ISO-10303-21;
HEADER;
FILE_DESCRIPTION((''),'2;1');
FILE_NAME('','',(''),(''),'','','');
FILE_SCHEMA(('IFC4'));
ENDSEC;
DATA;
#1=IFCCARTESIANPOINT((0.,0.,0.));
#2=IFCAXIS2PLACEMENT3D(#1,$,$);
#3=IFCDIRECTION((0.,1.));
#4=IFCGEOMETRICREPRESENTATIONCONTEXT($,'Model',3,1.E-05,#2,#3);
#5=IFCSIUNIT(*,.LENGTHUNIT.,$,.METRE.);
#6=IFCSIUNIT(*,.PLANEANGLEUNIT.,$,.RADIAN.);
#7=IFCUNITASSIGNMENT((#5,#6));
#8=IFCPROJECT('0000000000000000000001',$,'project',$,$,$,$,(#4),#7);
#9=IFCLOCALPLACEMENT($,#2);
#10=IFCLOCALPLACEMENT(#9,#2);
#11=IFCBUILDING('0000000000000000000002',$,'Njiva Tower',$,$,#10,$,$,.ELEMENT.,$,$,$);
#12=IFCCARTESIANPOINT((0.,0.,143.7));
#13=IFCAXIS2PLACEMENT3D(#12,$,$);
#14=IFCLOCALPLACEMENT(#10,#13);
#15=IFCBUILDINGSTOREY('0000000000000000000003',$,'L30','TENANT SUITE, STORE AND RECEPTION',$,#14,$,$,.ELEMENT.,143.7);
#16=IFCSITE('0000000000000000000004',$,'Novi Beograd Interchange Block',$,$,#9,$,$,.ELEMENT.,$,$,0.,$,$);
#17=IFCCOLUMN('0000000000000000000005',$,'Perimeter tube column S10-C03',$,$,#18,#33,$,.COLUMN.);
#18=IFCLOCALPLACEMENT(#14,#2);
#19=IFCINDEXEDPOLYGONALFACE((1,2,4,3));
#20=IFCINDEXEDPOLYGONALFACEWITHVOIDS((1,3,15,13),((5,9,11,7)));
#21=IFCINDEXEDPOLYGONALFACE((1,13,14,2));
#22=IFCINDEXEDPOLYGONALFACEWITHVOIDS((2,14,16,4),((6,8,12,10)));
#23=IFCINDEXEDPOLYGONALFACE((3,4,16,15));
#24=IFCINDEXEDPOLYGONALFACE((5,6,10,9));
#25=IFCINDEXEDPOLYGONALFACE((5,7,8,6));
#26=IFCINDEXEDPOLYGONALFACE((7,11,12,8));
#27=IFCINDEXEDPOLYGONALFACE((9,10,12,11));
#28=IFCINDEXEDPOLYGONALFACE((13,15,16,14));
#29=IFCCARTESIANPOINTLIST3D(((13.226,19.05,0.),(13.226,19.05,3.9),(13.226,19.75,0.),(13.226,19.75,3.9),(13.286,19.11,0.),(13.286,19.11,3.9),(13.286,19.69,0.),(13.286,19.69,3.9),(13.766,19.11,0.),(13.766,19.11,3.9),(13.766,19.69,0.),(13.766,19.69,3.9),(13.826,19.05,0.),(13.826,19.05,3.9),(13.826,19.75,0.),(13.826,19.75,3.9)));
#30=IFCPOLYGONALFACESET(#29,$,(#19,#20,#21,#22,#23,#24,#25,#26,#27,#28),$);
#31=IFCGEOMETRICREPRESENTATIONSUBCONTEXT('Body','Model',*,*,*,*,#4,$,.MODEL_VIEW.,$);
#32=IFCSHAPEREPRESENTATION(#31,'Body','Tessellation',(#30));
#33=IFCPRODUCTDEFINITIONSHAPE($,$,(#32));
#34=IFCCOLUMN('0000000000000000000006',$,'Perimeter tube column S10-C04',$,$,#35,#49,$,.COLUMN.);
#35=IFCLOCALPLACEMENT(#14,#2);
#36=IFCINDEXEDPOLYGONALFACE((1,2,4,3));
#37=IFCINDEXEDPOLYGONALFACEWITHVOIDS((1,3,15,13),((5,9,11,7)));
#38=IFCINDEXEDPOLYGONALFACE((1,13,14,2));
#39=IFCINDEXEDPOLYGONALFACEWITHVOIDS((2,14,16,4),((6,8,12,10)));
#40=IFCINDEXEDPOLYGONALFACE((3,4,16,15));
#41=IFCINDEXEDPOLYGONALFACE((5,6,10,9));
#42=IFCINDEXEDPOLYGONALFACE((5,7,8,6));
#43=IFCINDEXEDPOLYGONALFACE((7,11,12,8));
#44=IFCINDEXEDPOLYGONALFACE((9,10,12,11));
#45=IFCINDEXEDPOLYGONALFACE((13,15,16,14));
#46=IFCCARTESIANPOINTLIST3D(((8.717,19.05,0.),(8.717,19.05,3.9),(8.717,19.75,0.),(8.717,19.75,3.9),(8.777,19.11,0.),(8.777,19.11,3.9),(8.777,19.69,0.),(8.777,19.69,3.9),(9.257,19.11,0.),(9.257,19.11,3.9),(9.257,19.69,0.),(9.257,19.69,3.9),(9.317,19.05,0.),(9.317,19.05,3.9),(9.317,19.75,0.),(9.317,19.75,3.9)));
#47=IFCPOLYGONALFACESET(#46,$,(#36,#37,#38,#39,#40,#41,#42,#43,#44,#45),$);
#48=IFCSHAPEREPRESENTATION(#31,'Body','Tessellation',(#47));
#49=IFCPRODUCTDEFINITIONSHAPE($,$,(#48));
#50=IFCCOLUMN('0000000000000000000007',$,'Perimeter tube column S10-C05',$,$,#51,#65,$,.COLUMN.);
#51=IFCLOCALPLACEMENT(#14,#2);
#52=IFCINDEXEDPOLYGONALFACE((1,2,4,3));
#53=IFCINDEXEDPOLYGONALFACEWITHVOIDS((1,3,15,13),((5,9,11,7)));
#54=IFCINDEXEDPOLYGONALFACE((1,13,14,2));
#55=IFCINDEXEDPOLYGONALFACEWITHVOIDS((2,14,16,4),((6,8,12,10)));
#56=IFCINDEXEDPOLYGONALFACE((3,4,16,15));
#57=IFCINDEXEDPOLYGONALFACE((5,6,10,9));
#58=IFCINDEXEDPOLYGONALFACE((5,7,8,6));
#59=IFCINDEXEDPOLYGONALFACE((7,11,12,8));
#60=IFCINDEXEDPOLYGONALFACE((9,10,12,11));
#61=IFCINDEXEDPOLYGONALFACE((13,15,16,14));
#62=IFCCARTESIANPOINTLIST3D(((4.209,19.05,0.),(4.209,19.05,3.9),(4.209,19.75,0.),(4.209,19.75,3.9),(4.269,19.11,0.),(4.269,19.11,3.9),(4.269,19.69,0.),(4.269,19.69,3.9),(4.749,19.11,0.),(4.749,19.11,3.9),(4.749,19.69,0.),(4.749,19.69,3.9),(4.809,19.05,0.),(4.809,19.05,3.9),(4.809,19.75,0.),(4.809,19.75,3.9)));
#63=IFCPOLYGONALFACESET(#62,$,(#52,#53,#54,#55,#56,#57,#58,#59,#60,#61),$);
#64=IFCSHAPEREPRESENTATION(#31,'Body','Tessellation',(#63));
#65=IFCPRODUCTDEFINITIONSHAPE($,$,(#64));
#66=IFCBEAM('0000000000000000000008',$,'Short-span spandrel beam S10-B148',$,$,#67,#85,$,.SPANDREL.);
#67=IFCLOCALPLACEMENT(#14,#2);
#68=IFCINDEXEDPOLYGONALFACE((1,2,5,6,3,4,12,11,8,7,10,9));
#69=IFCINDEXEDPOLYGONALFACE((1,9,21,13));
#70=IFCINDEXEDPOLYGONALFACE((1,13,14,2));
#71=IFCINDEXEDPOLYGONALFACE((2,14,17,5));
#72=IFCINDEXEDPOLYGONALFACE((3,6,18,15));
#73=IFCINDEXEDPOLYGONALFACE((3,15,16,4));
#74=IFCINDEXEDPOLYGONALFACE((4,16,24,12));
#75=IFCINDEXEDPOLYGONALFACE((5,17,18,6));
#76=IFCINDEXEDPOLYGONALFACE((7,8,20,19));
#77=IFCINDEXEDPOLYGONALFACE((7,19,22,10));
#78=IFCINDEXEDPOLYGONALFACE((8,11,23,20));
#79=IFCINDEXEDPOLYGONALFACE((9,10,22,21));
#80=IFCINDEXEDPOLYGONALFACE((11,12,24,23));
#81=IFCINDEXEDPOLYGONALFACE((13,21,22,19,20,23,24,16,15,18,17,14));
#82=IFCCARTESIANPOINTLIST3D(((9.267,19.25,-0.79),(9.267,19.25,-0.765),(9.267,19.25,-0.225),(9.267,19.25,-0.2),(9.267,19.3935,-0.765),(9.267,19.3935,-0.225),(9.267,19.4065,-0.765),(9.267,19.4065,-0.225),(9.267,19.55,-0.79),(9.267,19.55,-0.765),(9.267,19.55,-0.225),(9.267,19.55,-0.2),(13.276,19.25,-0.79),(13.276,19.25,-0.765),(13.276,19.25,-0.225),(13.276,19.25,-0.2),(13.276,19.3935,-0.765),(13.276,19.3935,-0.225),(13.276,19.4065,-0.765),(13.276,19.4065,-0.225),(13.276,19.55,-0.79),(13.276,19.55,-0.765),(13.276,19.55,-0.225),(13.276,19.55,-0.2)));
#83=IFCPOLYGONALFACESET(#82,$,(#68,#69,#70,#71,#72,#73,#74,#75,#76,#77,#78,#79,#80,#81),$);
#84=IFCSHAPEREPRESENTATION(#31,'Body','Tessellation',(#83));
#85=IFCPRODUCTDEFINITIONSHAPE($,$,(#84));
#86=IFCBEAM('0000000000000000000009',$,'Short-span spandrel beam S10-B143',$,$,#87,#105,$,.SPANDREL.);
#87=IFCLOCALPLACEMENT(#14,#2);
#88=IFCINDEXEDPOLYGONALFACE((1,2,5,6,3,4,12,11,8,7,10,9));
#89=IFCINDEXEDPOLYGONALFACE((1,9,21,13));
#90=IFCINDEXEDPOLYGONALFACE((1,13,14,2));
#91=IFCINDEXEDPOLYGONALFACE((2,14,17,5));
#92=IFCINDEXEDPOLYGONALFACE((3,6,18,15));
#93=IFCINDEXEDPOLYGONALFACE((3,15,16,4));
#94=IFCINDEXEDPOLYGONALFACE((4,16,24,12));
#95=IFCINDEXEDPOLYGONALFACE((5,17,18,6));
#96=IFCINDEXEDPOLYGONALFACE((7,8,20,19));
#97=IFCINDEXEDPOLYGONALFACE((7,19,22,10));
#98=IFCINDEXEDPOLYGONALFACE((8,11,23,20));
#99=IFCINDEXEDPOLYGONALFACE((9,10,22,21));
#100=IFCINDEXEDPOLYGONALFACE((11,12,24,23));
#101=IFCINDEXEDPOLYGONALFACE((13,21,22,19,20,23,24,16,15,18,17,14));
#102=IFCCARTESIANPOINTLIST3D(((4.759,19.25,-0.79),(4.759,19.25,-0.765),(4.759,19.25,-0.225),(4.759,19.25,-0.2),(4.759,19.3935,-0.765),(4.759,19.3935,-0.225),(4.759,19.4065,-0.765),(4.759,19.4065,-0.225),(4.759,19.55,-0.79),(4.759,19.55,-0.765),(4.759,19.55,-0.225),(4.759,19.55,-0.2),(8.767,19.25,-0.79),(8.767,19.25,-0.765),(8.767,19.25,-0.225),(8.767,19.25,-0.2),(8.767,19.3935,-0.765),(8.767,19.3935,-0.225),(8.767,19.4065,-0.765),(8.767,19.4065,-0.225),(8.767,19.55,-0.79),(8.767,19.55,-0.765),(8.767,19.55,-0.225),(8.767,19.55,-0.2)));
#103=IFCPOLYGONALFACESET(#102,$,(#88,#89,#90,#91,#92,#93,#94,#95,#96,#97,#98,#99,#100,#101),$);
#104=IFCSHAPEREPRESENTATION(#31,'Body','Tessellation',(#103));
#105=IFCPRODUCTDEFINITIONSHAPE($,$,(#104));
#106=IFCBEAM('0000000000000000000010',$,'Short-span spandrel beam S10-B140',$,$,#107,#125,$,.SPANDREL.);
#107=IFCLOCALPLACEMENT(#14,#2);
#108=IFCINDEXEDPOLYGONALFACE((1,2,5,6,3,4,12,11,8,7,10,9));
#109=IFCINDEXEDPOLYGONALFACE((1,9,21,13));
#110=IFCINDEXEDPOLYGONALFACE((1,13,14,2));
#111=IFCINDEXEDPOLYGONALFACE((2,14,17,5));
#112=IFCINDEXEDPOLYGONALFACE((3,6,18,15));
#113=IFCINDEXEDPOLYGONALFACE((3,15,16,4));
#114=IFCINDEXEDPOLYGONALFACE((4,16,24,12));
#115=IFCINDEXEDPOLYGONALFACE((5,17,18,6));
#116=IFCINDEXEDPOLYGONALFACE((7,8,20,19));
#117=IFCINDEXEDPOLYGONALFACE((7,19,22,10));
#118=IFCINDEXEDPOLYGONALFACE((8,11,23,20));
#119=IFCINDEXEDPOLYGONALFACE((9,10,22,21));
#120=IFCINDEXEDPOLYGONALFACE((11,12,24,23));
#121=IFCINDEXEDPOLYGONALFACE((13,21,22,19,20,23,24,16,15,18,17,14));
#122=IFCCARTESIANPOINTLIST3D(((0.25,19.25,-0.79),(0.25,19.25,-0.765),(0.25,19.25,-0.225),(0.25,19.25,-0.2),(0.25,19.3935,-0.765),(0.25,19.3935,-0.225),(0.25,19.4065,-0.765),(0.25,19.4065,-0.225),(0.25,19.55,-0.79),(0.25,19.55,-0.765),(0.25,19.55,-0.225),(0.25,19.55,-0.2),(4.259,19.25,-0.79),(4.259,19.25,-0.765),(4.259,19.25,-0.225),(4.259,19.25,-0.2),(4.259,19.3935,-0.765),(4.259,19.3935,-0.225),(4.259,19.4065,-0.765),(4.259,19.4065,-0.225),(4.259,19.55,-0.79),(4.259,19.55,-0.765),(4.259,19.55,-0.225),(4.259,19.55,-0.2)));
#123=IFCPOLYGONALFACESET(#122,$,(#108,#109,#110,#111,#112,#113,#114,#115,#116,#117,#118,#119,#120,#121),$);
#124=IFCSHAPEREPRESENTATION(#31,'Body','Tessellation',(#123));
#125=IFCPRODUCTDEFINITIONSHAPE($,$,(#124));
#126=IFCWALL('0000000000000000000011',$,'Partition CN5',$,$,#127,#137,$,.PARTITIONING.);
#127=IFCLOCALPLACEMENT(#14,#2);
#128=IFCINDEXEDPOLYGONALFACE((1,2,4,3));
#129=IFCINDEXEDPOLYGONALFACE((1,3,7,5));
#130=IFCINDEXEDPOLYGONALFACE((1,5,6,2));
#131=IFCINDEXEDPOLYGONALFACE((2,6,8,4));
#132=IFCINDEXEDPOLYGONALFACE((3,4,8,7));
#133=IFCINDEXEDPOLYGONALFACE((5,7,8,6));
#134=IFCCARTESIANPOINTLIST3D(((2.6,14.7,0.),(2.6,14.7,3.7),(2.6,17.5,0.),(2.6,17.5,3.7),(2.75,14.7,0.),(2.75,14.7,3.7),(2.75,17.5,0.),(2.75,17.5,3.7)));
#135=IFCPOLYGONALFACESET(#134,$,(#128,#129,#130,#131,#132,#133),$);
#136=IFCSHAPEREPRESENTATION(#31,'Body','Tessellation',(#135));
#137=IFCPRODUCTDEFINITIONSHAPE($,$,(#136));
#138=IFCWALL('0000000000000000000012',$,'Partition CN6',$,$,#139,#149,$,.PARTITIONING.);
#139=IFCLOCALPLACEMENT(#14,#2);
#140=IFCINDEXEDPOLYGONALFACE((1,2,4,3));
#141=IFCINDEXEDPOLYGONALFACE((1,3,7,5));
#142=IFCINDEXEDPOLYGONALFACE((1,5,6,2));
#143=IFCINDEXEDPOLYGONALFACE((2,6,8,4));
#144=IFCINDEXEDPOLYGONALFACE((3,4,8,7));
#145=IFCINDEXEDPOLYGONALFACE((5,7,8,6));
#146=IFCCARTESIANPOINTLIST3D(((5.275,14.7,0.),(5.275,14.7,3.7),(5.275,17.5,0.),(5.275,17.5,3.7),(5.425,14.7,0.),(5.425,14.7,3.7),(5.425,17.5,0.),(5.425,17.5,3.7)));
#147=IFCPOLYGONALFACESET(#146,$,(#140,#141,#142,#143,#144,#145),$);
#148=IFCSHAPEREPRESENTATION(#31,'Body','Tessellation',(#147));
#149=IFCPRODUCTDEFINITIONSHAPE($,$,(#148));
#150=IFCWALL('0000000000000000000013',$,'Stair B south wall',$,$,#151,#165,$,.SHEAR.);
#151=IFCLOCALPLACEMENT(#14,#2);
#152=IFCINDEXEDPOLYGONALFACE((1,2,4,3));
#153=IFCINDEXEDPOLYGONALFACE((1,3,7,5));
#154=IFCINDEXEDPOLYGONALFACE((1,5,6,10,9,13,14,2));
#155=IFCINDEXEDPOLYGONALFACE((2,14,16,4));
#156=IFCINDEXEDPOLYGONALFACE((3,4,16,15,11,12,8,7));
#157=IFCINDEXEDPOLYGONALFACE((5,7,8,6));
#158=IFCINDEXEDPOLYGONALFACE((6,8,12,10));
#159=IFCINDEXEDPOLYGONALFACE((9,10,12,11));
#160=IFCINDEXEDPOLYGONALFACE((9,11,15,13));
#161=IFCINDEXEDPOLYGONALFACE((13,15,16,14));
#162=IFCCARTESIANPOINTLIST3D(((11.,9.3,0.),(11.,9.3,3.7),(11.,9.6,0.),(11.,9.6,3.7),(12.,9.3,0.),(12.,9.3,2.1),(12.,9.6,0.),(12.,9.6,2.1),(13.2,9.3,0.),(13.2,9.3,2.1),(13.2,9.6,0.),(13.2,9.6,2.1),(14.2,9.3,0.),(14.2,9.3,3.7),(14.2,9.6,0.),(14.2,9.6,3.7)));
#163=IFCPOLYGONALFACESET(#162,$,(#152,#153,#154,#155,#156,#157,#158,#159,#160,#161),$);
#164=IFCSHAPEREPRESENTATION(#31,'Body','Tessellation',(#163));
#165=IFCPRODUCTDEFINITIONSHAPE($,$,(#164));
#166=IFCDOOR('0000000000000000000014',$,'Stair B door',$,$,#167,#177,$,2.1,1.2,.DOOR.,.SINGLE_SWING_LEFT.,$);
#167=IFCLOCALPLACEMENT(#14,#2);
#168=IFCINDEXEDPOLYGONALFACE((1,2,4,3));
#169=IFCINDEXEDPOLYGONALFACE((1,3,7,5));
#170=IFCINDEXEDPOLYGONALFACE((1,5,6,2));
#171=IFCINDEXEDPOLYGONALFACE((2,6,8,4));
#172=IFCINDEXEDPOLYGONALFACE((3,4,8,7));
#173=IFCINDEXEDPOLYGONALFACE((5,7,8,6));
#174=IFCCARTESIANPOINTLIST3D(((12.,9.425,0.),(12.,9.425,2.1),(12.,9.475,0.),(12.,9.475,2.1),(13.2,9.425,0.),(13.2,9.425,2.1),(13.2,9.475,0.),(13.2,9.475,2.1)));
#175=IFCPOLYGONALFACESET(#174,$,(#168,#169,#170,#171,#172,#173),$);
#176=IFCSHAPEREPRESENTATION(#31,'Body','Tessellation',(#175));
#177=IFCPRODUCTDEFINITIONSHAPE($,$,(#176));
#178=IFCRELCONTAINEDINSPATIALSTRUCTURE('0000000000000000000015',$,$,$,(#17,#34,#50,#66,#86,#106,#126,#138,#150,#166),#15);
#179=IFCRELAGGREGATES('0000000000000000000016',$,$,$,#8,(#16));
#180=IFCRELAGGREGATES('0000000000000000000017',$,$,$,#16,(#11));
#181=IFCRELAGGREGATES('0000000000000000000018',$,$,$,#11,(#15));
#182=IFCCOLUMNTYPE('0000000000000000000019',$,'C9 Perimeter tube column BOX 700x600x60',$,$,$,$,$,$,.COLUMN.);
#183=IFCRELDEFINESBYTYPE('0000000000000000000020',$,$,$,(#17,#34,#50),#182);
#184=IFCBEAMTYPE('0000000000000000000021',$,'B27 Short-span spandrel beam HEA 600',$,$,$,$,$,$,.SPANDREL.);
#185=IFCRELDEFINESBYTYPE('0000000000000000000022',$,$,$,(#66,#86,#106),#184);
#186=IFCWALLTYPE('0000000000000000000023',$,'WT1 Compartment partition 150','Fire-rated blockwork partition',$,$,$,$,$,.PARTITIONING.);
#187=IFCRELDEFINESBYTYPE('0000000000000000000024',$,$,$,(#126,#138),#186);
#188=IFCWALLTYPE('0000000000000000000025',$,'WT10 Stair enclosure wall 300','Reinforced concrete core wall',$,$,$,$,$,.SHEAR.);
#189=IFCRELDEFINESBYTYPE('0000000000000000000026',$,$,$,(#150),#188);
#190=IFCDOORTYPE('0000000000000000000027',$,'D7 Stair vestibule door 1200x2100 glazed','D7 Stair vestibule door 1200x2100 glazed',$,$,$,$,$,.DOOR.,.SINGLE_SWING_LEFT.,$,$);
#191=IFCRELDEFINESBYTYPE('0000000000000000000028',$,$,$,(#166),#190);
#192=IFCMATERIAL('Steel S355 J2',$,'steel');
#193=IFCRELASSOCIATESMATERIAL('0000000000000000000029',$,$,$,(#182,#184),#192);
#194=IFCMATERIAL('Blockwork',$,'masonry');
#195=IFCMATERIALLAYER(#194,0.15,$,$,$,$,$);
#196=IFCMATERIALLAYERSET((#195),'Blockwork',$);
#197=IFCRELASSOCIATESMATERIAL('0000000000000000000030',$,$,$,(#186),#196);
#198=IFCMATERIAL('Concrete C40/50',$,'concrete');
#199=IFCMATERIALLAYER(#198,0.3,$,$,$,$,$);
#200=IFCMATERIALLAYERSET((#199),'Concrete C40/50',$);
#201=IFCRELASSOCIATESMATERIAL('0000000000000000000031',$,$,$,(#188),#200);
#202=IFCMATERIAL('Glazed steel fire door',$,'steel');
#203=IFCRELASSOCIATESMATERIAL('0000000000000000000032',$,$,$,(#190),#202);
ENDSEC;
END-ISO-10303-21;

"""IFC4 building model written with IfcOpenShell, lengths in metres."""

from ifc_helpers import new_model, si_unit, direction, frame, frame_2d, origin, origin_2d, place, context, subcontext, project, spatial, rectangle, hollow_rectangle, i_section, extrude, material, layer, layer_set, material_profile, profile_set, type_object, element, fill, save


model = new_model("IFC4")

# Units and contexts
model_context = context("Model", 3, precision=1e-05, world=origin(), true_north=direction((0.0, 1.0)))
body_context = subcontext(model_context, "Body", "Model", "MODEL_VIEW")
ifc_project = project(units=[si_unit("LENGTHUNIT", "METRE"), si_unit("PLANEANGLEUNIT", "RADIAN")], contexts=[model_context])

# Site, building, storey
site_placement = place(None, origin())
site = spatial("IfcSite", under=ifc_project, at=site_placement, Name="Novi Beograd Interchange Block", CompositionType="ELEMENT", RefElevation=0.0)
building_placement = place(site_placement, origin())
building = spatial("IfcBuilding", under=site, at=building_placement, Name="Njiva Tower", CompositionType="ELEMENT")
storey_placement = place(building_placement, frame((0.0, 0.0, 143.7)))
storey = spatial("IfcBuildingStorey", under=building, at=storey_placement, Name="L30", Description="TENANT SUITE, STORE AND RECEPTION", CompositionType="ELEMENT", Elevation=143.7)

# Columns
ifc_material_1 = material(Name="Steel S355 J2", Category="steel")
ifc_material_profile_1 = material_profile(ifc_material_1, hollow_rectangle(XDim=0.6, YDim=0.7, WallThickness=0.06, at=origin_2d()), Name="BOX 700x600x60")
ifc_profile_set_1 = profile_set([ifc_material_profile_1], Name="Steel S355 J2")
column_type = type_object("IfcColumnType", Name="C9 Perimeter tube column BOX 700x600x60", PredefinedType="COLUMN", material=ifc_profile_set_1)
for number, where, z_axis, x_axis, name in (
    (1, (13.526, 19.4, 0.0), (0.0, 0.0, 1.0), (-1.0, 0.0, 0.0), "Perimeter tube column S10-C03"),
    (2, (9.017, 19.4, 0.0), (0.0, 0.0, 1.0), (-1.0, 0.0, 0.0), "Perimeter tube column S10-C04"),
    (3, (4.509, 19.4, 0.0), (0.0, 0.0, 1.0), (-1.0, 0.0, 0.0), "Perimeter tube column S10-C05"),
):
    element("IfcColumn", number, at=place(storey_placement, frame(where, z_axis=z_axis, x_axis=x_axis)), inside=storey, type_object=column_type, Name=name, PredefinedType="COLUMN", context=body_context, shape_type="SweptSolid", body=[
        extrude(hollow_rectangle(XDim=0.6, YDim=0.7, WallThickness=0.06, at=origin_2d()), origin(), (0.0, 0.0, 1.0), 3.9),
    ])

# Beams
ifc_material_profile_2 = material_profile(ifc_material_1, i_section(OverallWidth=0.3, OverallDepth=0.59, WebThickness=0.013, FlangeThickness=0.025, at=origin_2d()), Name="HEA 600")
ifc_profile_set_2 = profile_set([ifc_material_profile_2], Name="Steel S355 J2")
beam_type = type_object("IfcBeamType", Name="B27 Short-span spandrel beam HEA 600", PredefinedType="SPANDREL", material=ifc_profile_set_2)
beam_1_placement = place(storey_placement, frame((13.276, 19.4, -0.495), z_axis=(-1.0, 0.0, 0.0), x_axis=(0.0, -1.0, 0.0)))
element("IfcBeam", 4, at=beam_1_placement, inside=storey, type_object=beam_type, Name="Short-span spandrel beam S10-B148", PredefinedType="SPANDREL", context=body_context, shape_type="SweptSolid", body=[
    extrude(i_section(OverallWidth=0.3, OverallDepth=0.59, WebThickness=0.013, FlangeThickness=0.025, at=origin_2d()), origin(), (0.0, 0.0, 1.0), 4.009),
])
beam_2_placement = place(storey_placement, frame((8.767, 19.4, -0.495), z_axis=(-1.0, 0.0, 0.0), x_axis=(0.0, -1.0, 0.0)))
element("IfcBeam", 5, at=beam_2_placement, inside=storey, type_object=beam_type, Name="Short-span spandrel beam S10-B143", PredefinedType="SPANDREL", context=body_context, shape_type="SweptSolid", body=[
    extrude(i_section(OverallWidth=0.3, OverallDepth=0.59, WebThickness=0.013, FlangeThickness=0.025, at=origin_2d()), origin(), (0.0, 0.0, 1.0), 4.008),
])
beam_3_placement = place(storey_placement, frame((4.259, 19.4, -0.495), z_axis=(-1.0, 0.0, 0.0), x_axis=(0.0, -1.0, 0.0)))
element("IfcBeam", 6, at=beam_3_placement, inside=storey, type_object=beam_type, Name="Short-span spandrel beam S10-B140", PredefinedType="SPANDREL", context=body_context, shape_type="SweptSolid", body=[
    extrude(i_section(OverallWidth=0.3, OverallDepth=0.59, WebThickness=0.013, FlangeThickness=0.025, at=origin_2d()), origin(), (0.0, 0.0, 1.0), 4.009),
])

# Walls
ifc_material_2 = material(Name="Blockwork", Category="masonry")
ifc_layer_1 = layer(ifc_material_2, 0.15)
ifc_layer_set_1 = layer_set([ifc_layer_1], Name="Blockwork")
wall_type_1 = type_object("IfcWallType", Name="WT1 Compartment partition 150", Description="Fire-rated blockwork partition", PredefinedType="PARTITIONING", material=ifc_layer_set_1)
for number, where, z_axis, x_axis, name in (
    (7, (2.675, 14.7, 0.0), (0.0, 0.0, 1.0), (0.0, 1.0, 0.0), "Partition CN5"),
    (8, (5.35, 14.7, 0.0), (0.0, 0.0, 1.0), (0.0, 1.0, 0.0), "Partition CN6"),
):
    element("IfcWall", number, at=place(storey_placement, frame(where, z_axis=z_axis, x_axis=x_axis)), inside=storey, type_object=wall_type_1, Name=name, PredefinedType="PARTITIONING", context=body_context, shape_type="SweptSolid", body=[
        extrude(rectangle(XDim=2.8, YDim=0.15, at=frame_2d((1.4, 0.0))), origin(), (0.0, 0.0, 1.0), 3.7),
    ])

# Wall, opening, door
ifc_material_3 = material(Name="Concrete C40/50", Category="concrete")
ifc_layer_2 = layer(ifc_material_3, 0.3)
ifc_layer_set_2 = layer_set([ifc_layer_2], Name="Concrete C40/50")
wall_type_2 = type_object("IfcWallType", Name="WT10 Stair enclosure wall 300", Description="Reinforced concrete core wall", PredefinedType="SHEAR", material=ifc_layer_set_2)
wall_1_placement = place(storey_placement, frame((11.0, 9.45, 0.0), z_axis=(0.0, 0.0, 1.0), x_axis=(1.0, 0.0, 0.0)))
wall_1 = element("IfcWall", 9, at=wall_1_placement, inside=storey, type_object=wall_type_2, Name="Stair B south wall", PredefinedType="SHEAR", context=body_context, shape_type="SweptSolid", body=[
    extrude(rectangle(XDim=3.2, YDim=0.3, at=frame_2d((1.6, 0.0))), origin(), (0.0, 0.0, 1.0), 3.7),
])
opening_1_placement = place(wall_1_placement, frame((1.0, 0.0, 0.0)))
opening_1 = element("IfcOpeningElement", 10, at=opening_1_placement, cuts=wall_1, PredefinedType="OPENING", context=body_context, shape_type="SweptSolid", body=[
    extrude(rectangle(XDim=1.2, YDim=2.1, at=frame_2d((0.6, 1.05))), frame((0.0, 0.16, 0.0), z_axis=(0.0, -1.0, 0.0), x_axis=(1.0, 0.0, 0.0)), (0.0, 0.0, 1.0), 0.32),
])
ifc_material_4 = material(Name="Glazed steel fire door", Category="steel")
door_type_1 = type_object("IfcDoorType", Name="D7 Stair vestibule door 1200x2100 glazed", Description="D7 Stair vestibule door 1200x2100 glazed", OperationType="SINGLE_SWING_LEFT", PredefinedType="DOOR", material=ifc_material_4)
door_1_placement = place(opening_1_placement, origin())
door_1 = element("IfcDoor", 11, at=door_1_placement, inside=storey, type_object=door_type_1, Name="Stair B door", OperationType="SINGLE_SWING_LEFT", OverallHeight=2.1, OverallWidth=1.2, PredefinedType="DOOR", context=body_context, shape_type="SweptSolid", body=[
    extrude(rectangle(XDim=1.2, YDim=2.1, at=frame_2d((0.6, 1.05))), frame((0.0, 0.025, 0.0), z_axis=(0.0, -1.0, 0.0), x_axis=(1.0, 0.0, 0.0)), (0.0, 0.0, 1.0), 0.05),
])
fill(opening_1, door_1)

save(model, "model.ifc")
